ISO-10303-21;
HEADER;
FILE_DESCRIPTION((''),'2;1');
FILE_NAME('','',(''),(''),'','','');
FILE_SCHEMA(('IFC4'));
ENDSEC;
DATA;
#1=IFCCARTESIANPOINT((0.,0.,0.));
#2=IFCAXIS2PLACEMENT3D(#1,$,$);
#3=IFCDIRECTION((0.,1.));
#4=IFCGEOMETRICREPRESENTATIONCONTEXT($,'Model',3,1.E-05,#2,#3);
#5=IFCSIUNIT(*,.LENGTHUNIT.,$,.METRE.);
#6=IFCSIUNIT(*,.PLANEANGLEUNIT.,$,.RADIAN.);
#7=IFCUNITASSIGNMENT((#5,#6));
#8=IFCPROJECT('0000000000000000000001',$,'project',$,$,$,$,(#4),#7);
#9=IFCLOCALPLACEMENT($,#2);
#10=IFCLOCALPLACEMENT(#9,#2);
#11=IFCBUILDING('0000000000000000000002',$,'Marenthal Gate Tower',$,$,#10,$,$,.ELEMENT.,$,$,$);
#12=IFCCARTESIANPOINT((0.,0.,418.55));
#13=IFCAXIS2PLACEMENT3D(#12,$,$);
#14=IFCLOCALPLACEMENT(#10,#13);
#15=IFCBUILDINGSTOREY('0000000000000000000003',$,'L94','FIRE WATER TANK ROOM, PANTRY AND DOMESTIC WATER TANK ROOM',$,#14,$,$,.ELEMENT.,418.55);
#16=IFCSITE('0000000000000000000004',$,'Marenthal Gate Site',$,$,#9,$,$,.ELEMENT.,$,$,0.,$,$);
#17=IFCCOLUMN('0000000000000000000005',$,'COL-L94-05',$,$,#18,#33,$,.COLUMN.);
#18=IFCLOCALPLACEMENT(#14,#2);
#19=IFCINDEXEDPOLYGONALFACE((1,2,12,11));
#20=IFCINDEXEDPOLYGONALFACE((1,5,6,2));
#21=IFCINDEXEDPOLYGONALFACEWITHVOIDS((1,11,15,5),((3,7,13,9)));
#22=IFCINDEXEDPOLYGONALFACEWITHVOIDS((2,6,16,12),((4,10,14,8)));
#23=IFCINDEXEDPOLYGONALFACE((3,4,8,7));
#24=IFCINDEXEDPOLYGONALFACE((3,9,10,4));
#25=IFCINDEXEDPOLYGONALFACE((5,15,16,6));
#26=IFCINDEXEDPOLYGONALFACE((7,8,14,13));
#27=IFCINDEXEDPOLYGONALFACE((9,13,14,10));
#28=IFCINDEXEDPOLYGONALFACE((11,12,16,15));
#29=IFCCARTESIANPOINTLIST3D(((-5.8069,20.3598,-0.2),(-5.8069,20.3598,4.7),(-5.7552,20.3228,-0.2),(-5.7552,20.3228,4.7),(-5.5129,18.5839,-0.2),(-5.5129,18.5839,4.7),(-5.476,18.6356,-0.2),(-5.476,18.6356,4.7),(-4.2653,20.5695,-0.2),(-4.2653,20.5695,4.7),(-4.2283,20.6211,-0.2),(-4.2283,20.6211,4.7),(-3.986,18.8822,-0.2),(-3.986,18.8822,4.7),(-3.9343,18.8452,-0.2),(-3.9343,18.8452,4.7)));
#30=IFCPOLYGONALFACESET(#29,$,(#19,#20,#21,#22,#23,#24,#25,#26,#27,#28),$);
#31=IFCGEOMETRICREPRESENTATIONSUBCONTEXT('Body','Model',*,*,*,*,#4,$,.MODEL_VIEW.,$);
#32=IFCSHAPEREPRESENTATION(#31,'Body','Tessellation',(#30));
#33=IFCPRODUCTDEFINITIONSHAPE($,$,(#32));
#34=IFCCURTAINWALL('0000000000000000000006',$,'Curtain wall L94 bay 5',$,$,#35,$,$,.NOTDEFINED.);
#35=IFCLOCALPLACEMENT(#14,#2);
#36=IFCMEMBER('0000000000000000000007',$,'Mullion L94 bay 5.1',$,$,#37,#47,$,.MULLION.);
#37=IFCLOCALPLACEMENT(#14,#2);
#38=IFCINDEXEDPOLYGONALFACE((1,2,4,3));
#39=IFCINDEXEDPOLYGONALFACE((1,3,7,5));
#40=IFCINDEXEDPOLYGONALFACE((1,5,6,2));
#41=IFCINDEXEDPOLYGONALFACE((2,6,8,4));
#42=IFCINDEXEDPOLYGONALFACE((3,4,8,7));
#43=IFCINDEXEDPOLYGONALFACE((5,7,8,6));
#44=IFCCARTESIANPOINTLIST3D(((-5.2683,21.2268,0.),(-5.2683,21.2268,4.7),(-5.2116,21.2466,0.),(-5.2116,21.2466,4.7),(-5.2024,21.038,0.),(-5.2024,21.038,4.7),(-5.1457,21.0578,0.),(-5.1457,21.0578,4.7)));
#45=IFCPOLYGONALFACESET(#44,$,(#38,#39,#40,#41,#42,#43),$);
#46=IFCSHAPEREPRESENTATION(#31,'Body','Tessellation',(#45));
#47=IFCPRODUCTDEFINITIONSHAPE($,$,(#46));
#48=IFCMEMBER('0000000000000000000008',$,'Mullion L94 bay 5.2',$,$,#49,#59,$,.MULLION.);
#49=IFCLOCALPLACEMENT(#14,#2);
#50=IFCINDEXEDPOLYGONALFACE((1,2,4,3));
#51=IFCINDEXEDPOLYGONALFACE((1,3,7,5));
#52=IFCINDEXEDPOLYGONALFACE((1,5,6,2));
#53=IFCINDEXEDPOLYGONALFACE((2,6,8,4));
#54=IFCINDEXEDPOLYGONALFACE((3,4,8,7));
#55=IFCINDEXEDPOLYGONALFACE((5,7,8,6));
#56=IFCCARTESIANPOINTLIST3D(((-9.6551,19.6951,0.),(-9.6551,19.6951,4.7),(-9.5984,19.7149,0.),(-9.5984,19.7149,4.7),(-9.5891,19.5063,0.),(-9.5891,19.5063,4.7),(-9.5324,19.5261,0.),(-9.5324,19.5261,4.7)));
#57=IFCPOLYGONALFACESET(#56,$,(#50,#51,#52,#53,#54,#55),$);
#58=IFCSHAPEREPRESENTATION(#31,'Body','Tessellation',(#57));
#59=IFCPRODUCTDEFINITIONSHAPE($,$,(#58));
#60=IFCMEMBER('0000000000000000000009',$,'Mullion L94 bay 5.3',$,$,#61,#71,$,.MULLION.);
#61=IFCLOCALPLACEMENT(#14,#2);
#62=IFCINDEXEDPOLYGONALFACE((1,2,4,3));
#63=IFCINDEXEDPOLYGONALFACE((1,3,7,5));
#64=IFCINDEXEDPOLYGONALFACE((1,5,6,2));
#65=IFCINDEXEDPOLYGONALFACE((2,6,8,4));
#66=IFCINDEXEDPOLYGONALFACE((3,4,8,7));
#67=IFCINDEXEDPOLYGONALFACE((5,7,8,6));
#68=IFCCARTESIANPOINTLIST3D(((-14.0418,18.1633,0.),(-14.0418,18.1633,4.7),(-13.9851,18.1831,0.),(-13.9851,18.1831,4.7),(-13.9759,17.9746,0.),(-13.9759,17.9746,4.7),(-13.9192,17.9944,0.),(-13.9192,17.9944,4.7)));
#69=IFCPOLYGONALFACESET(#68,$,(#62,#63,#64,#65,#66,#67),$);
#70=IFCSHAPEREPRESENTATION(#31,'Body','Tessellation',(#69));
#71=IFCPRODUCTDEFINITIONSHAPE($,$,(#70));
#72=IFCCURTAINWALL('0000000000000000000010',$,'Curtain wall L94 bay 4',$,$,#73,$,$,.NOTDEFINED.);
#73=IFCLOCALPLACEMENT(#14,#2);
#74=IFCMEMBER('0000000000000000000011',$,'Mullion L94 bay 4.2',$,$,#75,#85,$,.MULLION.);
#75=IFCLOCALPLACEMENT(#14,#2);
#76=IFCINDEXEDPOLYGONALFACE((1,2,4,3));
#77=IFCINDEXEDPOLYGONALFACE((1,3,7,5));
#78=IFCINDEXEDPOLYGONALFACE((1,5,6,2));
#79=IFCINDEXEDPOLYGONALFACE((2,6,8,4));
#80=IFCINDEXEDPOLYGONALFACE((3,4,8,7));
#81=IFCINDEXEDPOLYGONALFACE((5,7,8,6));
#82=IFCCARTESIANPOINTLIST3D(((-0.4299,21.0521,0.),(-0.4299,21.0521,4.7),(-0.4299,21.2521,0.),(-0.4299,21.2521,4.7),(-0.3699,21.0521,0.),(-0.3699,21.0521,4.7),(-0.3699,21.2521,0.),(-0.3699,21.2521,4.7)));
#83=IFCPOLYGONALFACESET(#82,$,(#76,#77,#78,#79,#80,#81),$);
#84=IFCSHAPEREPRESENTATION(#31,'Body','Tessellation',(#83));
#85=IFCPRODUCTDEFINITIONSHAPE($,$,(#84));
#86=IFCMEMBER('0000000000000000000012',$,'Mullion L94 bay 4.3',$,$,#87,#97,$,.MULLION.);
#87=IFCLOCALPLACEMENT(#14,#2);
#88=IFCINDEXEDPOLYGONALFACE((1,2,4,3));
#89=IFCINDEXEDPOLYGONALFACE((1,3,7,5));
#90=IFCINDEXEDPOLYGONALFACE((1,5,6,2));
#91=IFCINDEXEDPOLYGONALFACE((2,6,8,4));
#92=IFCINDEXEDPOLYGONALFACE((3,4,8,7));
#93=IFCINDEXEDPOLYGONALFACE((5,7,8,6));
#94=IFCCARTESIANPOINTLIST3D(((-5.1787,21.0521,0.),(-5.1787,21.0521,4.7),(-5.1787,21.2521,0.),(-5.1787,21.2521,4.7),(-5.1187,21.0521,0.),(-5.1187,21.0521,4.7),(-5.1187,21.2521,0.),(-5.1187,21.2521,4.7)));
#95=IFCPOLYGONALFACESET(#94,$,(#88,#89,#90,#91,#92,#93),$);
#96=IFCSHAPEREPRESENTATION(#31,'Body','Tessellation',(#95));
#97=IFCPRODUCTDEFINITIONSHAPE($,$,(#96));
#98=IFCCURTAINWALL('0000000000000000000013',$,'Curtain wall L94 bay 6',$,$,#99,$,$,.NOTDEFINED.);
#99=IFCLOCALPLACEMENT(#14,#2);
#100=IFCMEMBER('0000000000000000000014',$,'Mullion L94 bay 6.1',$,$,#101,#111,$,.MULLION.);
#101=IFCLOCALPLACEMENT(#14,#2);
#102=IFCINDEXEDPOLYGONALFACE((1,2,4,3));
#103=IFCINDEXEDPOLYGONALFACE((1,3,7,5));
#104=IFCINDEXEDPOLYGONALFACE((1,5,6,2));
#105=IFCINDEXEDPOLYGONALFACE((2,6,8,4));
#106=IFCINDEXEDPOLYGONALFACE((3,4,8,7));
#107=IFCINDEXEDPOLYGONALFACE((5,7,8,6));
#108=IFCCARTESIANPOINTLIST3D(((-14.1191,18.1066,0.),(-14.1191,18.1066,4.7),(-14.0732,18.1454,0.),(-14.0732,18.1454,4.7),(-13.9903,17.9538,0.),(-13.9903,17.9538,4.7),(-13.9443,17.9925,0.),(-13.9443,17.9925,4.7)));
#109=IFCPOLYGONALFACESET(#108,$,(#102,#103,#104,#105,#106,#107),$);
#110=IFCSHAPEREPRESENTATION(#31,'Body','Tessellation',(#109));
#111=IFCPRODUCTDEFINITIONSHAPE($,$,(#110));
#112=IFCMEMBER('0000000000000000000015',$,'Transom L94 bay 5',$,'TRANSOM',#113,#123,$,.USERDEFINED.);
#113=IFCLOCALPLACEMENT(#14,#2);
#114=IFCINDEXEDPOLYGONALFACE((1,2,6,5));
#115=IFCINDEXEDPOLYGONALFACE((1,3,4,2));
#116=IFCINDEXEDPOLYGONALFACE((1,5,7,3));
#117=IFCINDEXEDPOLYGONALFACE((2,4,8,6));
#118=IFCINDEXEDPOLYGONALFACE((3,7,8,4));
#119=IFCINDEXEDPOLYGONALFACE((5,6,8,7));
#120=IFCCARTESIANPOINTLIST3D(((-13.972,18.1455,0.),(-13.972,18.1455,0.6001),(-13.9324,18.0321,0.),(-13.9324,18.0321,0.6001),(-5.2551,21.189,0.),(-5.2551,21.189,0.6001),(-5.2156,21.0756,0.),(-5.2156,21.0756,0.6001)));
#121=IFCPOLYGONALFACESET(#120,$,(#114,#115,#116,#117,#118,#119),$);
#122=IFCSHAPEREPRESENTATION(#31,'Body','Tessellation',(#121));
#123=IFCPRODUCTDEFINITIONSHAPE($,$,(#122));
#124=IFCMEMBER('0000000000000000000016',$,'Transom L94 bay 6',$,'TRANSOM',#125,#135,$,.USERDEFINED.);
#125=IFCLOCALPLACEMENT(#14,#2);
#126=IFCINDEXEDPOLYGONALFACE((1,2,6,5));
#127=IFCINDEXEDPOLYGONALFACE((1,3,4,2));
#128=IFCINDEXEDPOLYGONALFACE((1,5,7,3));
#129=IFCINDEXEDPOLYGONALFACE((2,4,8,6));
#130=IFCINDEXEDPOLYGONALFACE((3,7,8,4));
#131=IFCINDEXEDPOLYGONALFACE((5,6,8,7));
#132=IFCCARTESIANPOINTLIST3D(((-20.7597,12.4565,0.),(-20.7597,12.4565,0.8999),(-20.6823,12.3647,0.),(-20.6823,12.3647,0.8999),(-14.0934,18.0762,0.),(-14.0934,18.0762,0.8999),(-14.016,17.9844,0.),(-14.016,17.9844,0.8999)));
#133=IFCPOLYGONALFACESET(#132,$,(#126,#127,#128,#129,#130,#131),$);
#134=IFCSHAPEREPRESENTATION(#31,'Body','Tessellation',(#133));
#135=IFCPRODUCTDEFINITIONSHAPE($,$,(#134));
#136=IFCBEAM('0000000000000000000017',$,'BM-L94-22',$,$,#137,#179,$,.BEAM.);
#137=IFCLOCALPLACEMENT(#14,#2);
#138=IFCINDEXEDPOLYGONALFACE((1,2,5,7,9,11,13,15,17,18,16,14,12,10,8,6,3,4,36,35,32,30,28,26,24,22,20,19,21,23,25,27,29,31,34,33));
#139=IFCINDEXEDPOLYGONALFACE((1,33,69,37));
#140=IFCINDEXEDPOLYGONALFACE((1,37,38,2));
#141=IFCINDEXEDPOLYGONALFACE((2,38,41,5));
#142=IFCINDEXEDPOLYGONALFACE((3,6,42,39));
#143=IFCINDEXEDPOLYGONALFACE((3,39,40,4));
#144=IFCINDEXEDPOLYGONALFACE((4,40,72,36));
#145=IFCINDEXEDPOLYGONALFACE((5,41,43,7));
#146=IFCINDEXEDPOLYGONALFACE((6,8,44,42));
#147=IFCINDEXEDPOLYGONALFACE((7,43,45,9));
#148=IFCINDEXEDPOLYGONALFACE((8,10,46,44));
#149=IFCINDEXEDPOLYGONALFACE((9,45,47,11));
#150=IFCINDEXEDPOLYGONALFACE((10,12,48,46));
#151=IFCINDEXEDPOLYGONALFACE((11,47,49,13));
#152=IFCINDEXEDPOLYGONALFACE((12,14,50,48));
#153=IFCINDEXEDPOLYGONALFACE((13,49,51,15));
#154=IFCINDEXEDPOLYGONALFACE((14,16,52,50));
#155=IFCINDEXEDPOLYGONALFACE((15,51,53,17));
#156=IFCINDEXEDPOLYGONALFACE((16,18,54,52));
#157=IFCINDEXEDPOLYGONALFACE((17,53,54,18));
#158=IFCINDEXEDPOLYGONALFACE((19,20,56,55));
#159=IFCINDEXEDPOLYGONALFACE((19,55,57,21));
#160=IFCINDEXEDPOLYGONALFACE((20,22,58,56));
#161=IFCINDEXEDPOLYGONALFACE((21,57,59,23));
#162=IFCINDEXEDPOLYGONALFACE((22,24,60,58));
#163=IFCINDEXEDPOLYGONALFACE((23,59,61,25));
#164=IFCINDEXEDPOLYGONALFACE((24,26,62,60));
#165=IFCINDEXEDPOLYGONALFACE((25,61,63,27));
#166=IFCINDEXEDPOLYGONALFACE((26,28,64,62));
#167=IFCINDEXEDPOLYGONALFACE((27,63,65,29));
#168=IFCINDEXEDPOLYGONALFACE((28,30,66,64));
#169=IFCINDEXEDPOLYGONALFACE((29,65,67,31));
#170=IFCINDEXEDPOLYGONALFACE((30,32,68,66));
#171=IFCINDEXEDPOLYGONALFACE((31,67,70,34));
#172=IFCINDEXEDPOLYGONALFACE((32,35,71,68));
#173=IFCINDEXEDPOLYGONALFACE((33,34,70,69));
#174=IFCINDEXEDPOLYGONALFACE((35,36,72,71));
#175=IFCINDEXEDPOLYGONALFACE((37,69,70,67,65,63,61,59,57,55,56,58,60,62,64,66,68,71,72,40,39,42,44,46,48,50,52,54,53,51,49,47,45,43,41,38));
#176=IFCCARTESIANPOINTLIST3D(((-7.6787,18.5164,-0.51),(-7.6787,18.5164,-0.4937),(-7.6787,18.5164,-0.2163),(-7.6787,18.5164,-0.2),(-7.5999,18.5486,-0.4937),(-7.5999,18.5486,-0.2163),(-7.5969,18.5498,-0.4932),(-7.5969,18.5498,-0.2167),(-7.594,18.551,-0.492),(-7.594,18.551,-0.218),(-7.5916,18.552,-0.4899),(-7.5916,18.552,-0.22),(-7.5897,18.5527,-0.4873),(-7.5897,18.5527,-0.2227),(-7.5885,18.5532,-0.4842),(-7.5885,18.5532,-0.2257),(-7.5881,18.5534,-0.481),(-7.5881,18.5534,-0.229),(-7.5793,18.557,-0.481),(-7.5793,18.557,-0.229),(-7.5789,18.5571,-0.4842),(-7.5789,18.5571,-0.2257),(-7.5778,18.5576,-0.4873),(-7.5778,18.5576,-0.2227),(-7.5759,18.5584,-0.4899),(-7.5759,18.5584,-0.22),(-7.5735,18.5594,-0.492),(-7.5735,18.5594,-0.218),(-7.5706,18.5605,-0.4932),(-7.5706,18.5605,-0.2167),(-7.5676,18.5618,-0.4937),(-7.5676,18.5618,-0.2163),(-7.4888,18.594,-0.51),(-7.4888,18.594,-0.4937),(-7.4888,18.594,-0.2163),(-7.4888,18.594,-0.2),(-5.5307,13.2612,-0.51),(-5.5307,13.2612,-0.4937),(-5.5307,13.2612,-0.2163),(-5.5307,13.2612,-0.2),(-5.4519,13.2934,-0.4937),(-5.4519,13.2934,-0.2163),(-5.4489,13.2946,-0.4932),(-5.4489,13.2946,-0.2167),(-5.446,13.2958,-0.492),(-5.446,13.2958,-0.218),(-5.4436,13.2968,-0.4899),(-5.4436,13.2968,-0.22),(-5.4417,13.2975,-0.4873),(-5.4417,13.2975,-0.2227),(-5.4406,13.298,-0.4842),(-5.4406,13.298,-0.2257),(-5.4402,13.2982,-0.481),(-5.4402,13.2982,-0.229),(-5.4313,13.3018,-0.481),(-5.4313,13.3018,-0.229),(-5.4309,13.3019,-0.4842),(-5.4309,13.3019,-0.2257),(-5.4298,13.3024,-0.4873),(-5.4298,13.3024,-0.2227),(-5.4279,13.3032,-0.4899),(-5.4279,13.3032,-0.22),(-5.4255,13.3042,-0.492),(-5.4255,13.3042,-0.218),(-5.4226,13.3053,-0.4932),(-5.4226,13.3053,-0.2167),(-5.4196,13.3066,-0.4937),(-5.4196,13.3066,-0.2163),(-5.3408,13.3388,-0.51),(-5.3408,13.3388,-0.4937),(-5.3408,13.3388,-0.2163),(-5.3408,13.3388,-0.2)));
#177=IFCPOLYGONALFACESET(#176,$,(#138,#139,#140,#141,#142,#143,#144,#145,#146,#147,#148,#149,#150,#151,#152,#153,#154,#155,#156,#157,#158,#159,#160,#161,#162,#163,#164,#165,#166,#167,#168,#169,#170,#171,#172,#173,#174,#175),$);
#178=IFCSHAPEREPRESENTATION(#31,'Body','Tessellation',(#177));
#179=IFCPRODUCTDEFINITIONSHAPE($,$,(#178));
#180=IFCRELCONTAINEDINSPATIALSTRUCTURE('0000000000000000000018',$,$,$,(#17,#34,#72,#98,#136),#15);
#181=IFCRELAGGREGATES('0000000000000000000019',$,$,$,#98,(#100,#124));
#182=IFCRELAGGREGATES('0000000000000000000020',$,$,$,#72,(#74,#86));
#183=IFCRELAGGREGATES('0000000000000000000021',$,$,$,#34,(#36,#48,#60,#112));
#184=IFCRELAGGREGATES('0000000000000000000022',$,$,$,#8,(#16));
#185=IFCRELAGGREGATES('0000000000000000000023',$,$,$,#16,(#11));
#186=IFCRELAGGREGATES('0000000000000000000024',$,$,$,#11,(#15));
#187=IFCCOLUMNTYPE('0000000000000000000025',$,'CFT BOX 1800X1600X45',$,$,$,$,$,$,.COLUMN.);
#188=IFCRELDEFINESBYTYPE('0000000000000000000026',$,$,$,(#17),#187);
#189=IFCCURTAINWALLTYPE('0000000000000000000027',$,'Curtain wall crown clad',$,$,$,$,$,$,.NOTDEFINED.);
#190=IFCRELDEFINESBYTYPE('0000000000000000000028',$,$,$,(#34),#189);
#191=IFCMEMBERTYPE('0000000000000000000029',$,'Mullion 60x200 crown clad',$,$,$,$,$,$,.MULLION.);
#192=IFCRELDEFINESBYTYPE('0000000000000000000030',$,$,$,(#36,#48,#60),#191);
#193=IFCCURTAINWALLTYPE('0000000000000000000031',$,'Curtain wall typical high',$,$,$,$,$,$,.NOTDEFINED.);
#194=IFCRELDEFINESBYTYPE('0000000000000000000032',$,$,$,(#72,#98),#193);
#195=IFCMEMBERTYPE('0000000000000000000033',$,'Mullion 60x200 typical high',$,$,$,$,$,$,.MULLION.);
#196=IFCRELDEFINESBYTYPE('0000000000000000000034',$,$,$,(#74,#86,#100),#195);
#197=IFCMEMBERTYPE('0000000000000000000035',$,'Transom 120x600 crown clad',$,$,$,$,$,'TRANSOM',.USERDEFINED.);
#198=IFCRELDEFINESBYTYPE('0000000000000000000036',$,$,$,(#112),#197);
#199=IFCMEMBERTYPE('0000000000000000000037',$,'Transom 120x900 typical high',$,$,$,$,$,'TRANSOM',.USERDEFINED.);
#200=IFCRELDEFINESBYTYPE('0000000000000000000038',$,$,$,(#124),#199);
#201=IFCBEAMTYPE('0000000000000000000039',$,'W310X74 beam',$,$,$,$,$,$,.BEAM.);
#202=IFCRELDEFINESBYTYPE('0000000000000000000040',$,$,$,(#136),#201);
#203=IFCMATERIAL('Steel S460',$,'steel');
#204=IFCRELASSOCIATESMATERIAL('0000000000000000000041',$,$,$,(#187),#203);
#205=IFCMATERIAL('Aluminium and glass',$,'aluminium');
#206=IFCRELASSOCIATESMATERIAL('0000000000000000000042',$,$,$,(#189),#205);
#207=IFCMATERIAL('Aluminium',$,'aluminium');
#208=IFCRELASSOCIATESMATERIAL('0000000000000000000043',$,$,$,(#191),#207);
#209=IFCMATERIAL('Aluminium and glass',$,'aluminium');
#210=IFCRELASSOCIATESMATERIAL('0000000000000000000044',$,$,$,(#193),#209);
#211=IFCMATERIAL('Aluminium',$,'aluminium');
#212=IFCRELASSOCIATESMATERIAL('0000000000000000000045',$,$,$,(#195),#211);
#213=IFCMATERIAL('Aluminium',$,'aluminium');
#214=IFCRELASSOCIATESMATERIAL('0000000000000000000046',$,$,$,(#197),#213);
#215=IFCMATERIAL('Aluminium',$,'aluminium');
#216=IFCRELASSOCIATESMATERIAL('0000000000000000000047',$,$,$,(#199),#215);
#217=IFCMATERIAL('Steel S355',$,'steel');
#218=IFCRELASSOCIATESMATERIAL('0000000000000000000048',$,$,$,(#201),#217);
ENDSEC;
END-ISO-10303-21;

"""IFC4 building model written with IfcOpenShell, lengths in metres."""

from ifc_helpers import new_model, si_unit, direction, frame, origin, origin_2d, place, context, subcontext, project, spatial, rectangle, hollow_rectangle, i_section, extrude, material, material_profile, profile_set, type_object, element, aggregate, save


model = new_model("IFC4")

# Units and contexts
model_context = context("Model", 3, precision=1e-05, world=origin(), true_north=direction((0.0, 1.0)))
body_context = subcontext(model_context, "Body", "Model", "MODEL_VIEW")
ifc_project = project(units=[si_unit("LENGTHUNIT", "METRE"), si_unit("PLANEANGLEUNIT", "RADIAN")], contexts=[model_context])

# Site, building, storey
site_placement = place(None, origin())
site = spatial("IfcSite", under=ifc_project, at=site_placement, Name="Marenthal Gate Site", CompositionType="ELEMENT", RefElevation=0.0)
building_placement = place(site_placement, origin())
building = spatial("IfcBuilding", under=site, at=building_placement, Name="Marenthal Gate Tower", CompositionType="ELEMENT")
storey_placement = place(building_placement, frame((0.0, 0.0, 418.55)))
storey = spatial("IfcBuildingStorey", under=building, at=storey_placement, Name="L94", Description="FIRE WATER TANK ROOM, PANTRY AND DOMESTIC WATER TANK ROOM", CompositionType="ELEMENT", Elevation=418.55)

# Column
ifc_material_1 = material(Name="Steel S460", Category="steel")
ifc_material_profile_1 = material_profile(ifc_material_1, hollow_rectangle(XDim=1.6001, YDim=1.8, WallThickness=0.0449, at=origin_2d()), Name="CFT BOX 1800X1600X45")
ifc_material_2 = material(Name="Concrete 70 MPa", Category="concrete")
ifc_material_profile_2 = material_profile(ifc_material_2, rectangle(XDim=1.51, YDim=1.71, at=origin_2d()), Name="CFT BOX 1800X1600X45 INFILL")
ifc_profile_set_1 = profile_set([ifc_material_profile_1, ifc_material_profile_2], Name="Steel S460 shell, Concrete 70 MPa infill")
column_type = type_object("IfcColumnType", Name="CFT BOX 1800X1600X45", PredefinedType="COLUMN", material=ifc_profile_set_1)
column_placement = place(storey_placement, frame((-4.8706, 19.6025, -0.2), z_axis=(0.0, 0.0, 1.0), x_axis=(0.986576, 0.163305, 0.0)))
element("IfcColumn", 1, at=column_placement, inside=storey, type_object=column_type, Name="COL-L94-05", PredefinedType="COLUMN", context=body_context, shape_type="SweptSolid", body=[
    extrude(hollow_rectangle(XDim=1.6001, YDim=1.8, WallThickness=0.0449, at=origin_2d()), origin(), (0.0, 0.0, 1.0), 4.8999),
])

# Curtain walls, members
ifc_material_3 = material(Name="Aluminium and glass", Category="aluminium")
curtain_wall_type_1 = type_object("IfcCurtainWallType", Name="Curtain wall crown clad", PredefinedType="NOTDEFINED", material=ifc_material_3)
curtain_wall_1_placement = place(storey_placement, origin())
curtain_wall_1 = element("IfcCurtainWall", 2, at=curtain_wall_1_placement, inside=storey, type_object=curtain_wall_type_1, Name="Curtain wall L94 bay 5", PredefinedType="NOTDEFINED")
ifc_material_4 = material(Name="Aluminium", Category="aluminium")
ifc_material_profile_3 = material_profile(ifc_material_4, rectangle(XDim=0.2, YDim=0.0601, at=origin_2d()), Name="60x200 aluminium mullion")
ifc_profile_set_2 = profile_set([ifc_material_profile_3], Name="Aluminium")
member_type_1 = type_object("IfcMemberType", Name="Mullion 60x200 crown clad", PredefinedType="MULLION", material=ifc_profile_set_2)
member_1_placement = place(storey_placement, frame((-5.207, 21.1423, 0.0), z_axis=(0.0, 0.0, 1.0), x_axis=(0.329655, -0.944101, 0.0)))
member_1 = element("IfcMember", 3, at=member_1_placement, type_object=member_type_1, Name="Mullion L94 bay 5.1", PredefinedType="MULLION", context=body_context, shape_type="SweptSolid", body=[
    extrude(rectangle(XDim=0.2, YDim=0.0601, at=origin_2d()), origin(), (0.0, 0.0, 1.0), 4.7),
])
member_2_placement = place(storey_placement, frame((-9.5938, 19.6106, 0.0), z_axis=(0.0, 0.0, 1.0), x_axis=(0.329655, -0.944101, 0.0)))
member_2 = element("IfcMember", 4, at=member_2_placement, type_object=member_type_1, Name="Mullion L94 bay 5.2", PredefinedType="MULLION", context=body_context, shape_type="SweptSolid", body=[
    extrude(rectangle(XDim=0.2, YDim=0.0601, at=origin_2d()), origin(), (0.0, 0.0, 1.0), 4.7),
])
member_3_placement = place(storey_placement, frame((-13.9805, 18.0789, 0.0), z_axis=(0.0, 0.0, 1.0), x_axis=(0.329655, -0.944101, 0.0)))
member_3 = element("IfcMember", 5, at=member_3_placement, type_object=member_type_1, Name="Mullion L94 bay 5.3", PredefinedType="MULLION", context=body_context, shape_type="SweptSolid", body=[
    extrude(rectangle(XDim=0.2, YDim=0.0601, at=origin_2d()), origin(), (0.0, 0.0, 1.0), 4.7),
])
ifc_material_5 = material(Name="Aluminium and glass", Category="aluminium")
curtain_wall_type_2 = type_object("IfcCurtainWallType", Name="Curtain wall typical high", PredefinedType="NOTDEFINED", material=ifc_material_5)
curtain_wall_2_placement = place(storey_placement, origin())
curtain_wall_2 = element("IfcCurtainWall", 6, at=curtain_wall_2_placement, inside=storey, type_object=curtain_wall_type_2, Name="Curtain wall L94 bay 4", PredefinedType="NOTDEFINED")
ifc_material_6 = material(Name="Aluminium", Category="aluminium")
ifc_material_profile_4 = material_profile(ifc_material_6, rectangle(XDim=0.2, YDim=0.0601, at=origin_2d()), Name="60x200 aluminium mullion")
ifc_profile_set_3 = profile_set([ifc_material_profile_4], Name="Aluminium")
member_type_2 = type_object("IfcMemberType", Name="Mullion 60x200 typical high", PredefinedType="MULLION", material=ifc_profile_set_3)
member_4_placement = place(storey_placement, frame((-0.3999, 21.1521, 0.0), z_axis=(0.0, 0.0, 1.0), x_axis=(0.0, -1.0, 0.0)))
member_4 = element("IfcMember", 7, at=member_4_placement, type_object=member_type_2, Name="Mullion L94 bay 4.2", PredefinedType="MULLION", context=body_context, shape_type="SweptSolid", body=[
    extrude(rectangle(XDim=0.2, YDim=0.0601, at=origin_2d()), origin(), (0.0, 0.0, 1.0), 4.7),
])
member_5_placement = place(storey_placement, frame((-5.1487, 21.1521, 0.0), z_axis=(0.0, 0.0, 1.0), x_axis=(0.0, -1.0, 0.0)))
member_5 = element("IfcMember", 8, at=member_5_placement, type_object=member_type_2, Name="Mullion L94 bay 4.3", PredefinedType="MULLION", context=body_context, shape_type="SweptSolid", body=[
    extrude(rectangle(XDim=0.2, YDim=0.0601, at=origin_2d()), origin(), (0.0, 0.0, 1.0), 4.7),
])

# Curtain wall, member
curtain_wall_3_placement = place(storey_placement, origin())
curtain_wall_3 = element("IfcCurtainWall", 9, at=curtain_wall_3_placement, inside=storey, type_object=curtain_wall_type_2, Name="Curtain wall L94 bay 6", PredefinedType="NOTDEFINED")
member_6_placement = place(storey_placement, frame((-14.0317, 18.0496, 0.0), z_axis=(0.0, 0.0, 1.0), x_axis=(0.644531, -0.764578, 0.0)))
member_6 = element("IfcMember", 10, at=member_6_placement, type_object=member_type_2, Name="Mullion L94 bay 6.1", PredefinedType="MULLION", context=body_context, shape_type="SweptSolid", body=[
    extrude(rectangle(XDim=0.2, YDim=0.0601, at=origin_2d()), origin(), (0.0, 0.0, 1.0), 4.7),
])

# Members
ifc_material_7 = material(Name="Aluminium", Category="aluminium")
ifc_material_profile_5 = material_profile(ifc_material_7, rectangle(XDim=0.1201, YDim=0.6001, at=origin_2d()), Name="120x600 aluminium transom")
ifc_profile_set_4 = profile_set([ifc_material_profile_5], Name="Aluminium")
member_type_3 = type_object("IfcMemberType", Name="Transom 120x600 crown clad", ElementType="TRANSOM", PredefinedType="USERDEFINED", material=ifc_profile_set_4)
member_7_placement = place(storey_placement, frame((-5.2354, 21.1323, 0.3), z_axis=(-0.944109, -0.329634, 0.0), x_axis=(0.329634, -0.944109, 0.0)))
member_7 = element("IfcMember", 11, at=member_7_placement, type_object=member_type_3, Name="Transom L94 bay 5", ObjectType="TRANSOM", PredefinedType="USERDEFINED", context=body_context, shape_type="SweptSolid", body=[
    extrude(rectangle(XDim=0.1201, YDim=0.6001, at=origin_2d()), origin(), (0.0, 0.0, 1.0), 9.2329),
])
ifc_material_8 = material(Name="Aluminium", Category="aluminium")
ifc_material_profile_6 = material_profile(ifc_material_8, rectangle(XDim=0.1201, YDim=0.8999, at=origin_2d()), Name="120x900 aluminium transom")
ifc_profile_set_5 = profile_set([ifc_material_profile_6], Name="Aluminium")
member_type_4 = type_object("IfcMemberType", Name="Transom 120x900 typical high", ElementType="TRANSOM", PredefinedType="USERDEFINED", material=ifc_profile_set_5)
member_8_placement = place(storey_placement, frame((-14.0547, 18.0303, 0.45), z_axis=(-0.764576, -0.644534, 0.0), x_axis=(0.644534, -0.764576, 0.0)))
member_8 = element("IfcMember", 12, at=member_8_placement, type_object=member_type_4, Name="Transom L94 bay 6", ObjectType="TRANSOM", PredefinedType="USERDEFINED", context=body_context, shape_type="SweptSolid", body=[
    extrude(rectangle(XDim=0.1201, YDim=0.8999, at=origin_2d()), origin(), (0.0, 0.0, 1.0), 8.719),
])
aggregate(curtain_wall_3, [member_6, member_8])

# Beam
ifc_material_9 = material(Name="Steel S355", Category="steel")
ifc_material_profile_7 = material_profile(ifc_material_9, i_section(OverallWidth=0.2051, OverallDepth=0.3101, WebThickness=0.0095, FlangeThickness=0.0164, FilletRadius=0.0127, at=origin_2d()), Name="W310X74")
ifc_profile_set_6 = profile_set([ifc_material_profile_7], Name="Steel S355")
beam_type_1 = type_object("IfcBeamType", Name="W310X74 beam", PredefinedType="BEAM", material=ifc_profile_set_6)
beam_1_placement = place(storey_placement, frame((-7.5837, 18.5552, -0.355), z_axis=(0.37835, -0.925663, 0.0), x_axis=(0.925663, 0.37835, 0.0)))
element("IfcBeam", 13, at=beam_1_placement, inside=storey, type_object=beam_type_1, Name="BM-L94-22", PredefinedType="BEAM", context=body_context, shape_type="SweptSolid", body=[
    extrude(i_section(OverallWidth=0.2051, OverallDepth=0.3101, WebThickness=0.0095, FlangeThickness=0.0164, FilletRadius=0.0127, at=origin_2d()), origin(), (0.0, 0.0, 1.0), 5.6772),
])

aggregate(curtain_wall_2, [member_4, member_5])
aggregate(curtain_wall_1, [member_1, member_2, member_3, member_7])

save(model, "model.ifc")
